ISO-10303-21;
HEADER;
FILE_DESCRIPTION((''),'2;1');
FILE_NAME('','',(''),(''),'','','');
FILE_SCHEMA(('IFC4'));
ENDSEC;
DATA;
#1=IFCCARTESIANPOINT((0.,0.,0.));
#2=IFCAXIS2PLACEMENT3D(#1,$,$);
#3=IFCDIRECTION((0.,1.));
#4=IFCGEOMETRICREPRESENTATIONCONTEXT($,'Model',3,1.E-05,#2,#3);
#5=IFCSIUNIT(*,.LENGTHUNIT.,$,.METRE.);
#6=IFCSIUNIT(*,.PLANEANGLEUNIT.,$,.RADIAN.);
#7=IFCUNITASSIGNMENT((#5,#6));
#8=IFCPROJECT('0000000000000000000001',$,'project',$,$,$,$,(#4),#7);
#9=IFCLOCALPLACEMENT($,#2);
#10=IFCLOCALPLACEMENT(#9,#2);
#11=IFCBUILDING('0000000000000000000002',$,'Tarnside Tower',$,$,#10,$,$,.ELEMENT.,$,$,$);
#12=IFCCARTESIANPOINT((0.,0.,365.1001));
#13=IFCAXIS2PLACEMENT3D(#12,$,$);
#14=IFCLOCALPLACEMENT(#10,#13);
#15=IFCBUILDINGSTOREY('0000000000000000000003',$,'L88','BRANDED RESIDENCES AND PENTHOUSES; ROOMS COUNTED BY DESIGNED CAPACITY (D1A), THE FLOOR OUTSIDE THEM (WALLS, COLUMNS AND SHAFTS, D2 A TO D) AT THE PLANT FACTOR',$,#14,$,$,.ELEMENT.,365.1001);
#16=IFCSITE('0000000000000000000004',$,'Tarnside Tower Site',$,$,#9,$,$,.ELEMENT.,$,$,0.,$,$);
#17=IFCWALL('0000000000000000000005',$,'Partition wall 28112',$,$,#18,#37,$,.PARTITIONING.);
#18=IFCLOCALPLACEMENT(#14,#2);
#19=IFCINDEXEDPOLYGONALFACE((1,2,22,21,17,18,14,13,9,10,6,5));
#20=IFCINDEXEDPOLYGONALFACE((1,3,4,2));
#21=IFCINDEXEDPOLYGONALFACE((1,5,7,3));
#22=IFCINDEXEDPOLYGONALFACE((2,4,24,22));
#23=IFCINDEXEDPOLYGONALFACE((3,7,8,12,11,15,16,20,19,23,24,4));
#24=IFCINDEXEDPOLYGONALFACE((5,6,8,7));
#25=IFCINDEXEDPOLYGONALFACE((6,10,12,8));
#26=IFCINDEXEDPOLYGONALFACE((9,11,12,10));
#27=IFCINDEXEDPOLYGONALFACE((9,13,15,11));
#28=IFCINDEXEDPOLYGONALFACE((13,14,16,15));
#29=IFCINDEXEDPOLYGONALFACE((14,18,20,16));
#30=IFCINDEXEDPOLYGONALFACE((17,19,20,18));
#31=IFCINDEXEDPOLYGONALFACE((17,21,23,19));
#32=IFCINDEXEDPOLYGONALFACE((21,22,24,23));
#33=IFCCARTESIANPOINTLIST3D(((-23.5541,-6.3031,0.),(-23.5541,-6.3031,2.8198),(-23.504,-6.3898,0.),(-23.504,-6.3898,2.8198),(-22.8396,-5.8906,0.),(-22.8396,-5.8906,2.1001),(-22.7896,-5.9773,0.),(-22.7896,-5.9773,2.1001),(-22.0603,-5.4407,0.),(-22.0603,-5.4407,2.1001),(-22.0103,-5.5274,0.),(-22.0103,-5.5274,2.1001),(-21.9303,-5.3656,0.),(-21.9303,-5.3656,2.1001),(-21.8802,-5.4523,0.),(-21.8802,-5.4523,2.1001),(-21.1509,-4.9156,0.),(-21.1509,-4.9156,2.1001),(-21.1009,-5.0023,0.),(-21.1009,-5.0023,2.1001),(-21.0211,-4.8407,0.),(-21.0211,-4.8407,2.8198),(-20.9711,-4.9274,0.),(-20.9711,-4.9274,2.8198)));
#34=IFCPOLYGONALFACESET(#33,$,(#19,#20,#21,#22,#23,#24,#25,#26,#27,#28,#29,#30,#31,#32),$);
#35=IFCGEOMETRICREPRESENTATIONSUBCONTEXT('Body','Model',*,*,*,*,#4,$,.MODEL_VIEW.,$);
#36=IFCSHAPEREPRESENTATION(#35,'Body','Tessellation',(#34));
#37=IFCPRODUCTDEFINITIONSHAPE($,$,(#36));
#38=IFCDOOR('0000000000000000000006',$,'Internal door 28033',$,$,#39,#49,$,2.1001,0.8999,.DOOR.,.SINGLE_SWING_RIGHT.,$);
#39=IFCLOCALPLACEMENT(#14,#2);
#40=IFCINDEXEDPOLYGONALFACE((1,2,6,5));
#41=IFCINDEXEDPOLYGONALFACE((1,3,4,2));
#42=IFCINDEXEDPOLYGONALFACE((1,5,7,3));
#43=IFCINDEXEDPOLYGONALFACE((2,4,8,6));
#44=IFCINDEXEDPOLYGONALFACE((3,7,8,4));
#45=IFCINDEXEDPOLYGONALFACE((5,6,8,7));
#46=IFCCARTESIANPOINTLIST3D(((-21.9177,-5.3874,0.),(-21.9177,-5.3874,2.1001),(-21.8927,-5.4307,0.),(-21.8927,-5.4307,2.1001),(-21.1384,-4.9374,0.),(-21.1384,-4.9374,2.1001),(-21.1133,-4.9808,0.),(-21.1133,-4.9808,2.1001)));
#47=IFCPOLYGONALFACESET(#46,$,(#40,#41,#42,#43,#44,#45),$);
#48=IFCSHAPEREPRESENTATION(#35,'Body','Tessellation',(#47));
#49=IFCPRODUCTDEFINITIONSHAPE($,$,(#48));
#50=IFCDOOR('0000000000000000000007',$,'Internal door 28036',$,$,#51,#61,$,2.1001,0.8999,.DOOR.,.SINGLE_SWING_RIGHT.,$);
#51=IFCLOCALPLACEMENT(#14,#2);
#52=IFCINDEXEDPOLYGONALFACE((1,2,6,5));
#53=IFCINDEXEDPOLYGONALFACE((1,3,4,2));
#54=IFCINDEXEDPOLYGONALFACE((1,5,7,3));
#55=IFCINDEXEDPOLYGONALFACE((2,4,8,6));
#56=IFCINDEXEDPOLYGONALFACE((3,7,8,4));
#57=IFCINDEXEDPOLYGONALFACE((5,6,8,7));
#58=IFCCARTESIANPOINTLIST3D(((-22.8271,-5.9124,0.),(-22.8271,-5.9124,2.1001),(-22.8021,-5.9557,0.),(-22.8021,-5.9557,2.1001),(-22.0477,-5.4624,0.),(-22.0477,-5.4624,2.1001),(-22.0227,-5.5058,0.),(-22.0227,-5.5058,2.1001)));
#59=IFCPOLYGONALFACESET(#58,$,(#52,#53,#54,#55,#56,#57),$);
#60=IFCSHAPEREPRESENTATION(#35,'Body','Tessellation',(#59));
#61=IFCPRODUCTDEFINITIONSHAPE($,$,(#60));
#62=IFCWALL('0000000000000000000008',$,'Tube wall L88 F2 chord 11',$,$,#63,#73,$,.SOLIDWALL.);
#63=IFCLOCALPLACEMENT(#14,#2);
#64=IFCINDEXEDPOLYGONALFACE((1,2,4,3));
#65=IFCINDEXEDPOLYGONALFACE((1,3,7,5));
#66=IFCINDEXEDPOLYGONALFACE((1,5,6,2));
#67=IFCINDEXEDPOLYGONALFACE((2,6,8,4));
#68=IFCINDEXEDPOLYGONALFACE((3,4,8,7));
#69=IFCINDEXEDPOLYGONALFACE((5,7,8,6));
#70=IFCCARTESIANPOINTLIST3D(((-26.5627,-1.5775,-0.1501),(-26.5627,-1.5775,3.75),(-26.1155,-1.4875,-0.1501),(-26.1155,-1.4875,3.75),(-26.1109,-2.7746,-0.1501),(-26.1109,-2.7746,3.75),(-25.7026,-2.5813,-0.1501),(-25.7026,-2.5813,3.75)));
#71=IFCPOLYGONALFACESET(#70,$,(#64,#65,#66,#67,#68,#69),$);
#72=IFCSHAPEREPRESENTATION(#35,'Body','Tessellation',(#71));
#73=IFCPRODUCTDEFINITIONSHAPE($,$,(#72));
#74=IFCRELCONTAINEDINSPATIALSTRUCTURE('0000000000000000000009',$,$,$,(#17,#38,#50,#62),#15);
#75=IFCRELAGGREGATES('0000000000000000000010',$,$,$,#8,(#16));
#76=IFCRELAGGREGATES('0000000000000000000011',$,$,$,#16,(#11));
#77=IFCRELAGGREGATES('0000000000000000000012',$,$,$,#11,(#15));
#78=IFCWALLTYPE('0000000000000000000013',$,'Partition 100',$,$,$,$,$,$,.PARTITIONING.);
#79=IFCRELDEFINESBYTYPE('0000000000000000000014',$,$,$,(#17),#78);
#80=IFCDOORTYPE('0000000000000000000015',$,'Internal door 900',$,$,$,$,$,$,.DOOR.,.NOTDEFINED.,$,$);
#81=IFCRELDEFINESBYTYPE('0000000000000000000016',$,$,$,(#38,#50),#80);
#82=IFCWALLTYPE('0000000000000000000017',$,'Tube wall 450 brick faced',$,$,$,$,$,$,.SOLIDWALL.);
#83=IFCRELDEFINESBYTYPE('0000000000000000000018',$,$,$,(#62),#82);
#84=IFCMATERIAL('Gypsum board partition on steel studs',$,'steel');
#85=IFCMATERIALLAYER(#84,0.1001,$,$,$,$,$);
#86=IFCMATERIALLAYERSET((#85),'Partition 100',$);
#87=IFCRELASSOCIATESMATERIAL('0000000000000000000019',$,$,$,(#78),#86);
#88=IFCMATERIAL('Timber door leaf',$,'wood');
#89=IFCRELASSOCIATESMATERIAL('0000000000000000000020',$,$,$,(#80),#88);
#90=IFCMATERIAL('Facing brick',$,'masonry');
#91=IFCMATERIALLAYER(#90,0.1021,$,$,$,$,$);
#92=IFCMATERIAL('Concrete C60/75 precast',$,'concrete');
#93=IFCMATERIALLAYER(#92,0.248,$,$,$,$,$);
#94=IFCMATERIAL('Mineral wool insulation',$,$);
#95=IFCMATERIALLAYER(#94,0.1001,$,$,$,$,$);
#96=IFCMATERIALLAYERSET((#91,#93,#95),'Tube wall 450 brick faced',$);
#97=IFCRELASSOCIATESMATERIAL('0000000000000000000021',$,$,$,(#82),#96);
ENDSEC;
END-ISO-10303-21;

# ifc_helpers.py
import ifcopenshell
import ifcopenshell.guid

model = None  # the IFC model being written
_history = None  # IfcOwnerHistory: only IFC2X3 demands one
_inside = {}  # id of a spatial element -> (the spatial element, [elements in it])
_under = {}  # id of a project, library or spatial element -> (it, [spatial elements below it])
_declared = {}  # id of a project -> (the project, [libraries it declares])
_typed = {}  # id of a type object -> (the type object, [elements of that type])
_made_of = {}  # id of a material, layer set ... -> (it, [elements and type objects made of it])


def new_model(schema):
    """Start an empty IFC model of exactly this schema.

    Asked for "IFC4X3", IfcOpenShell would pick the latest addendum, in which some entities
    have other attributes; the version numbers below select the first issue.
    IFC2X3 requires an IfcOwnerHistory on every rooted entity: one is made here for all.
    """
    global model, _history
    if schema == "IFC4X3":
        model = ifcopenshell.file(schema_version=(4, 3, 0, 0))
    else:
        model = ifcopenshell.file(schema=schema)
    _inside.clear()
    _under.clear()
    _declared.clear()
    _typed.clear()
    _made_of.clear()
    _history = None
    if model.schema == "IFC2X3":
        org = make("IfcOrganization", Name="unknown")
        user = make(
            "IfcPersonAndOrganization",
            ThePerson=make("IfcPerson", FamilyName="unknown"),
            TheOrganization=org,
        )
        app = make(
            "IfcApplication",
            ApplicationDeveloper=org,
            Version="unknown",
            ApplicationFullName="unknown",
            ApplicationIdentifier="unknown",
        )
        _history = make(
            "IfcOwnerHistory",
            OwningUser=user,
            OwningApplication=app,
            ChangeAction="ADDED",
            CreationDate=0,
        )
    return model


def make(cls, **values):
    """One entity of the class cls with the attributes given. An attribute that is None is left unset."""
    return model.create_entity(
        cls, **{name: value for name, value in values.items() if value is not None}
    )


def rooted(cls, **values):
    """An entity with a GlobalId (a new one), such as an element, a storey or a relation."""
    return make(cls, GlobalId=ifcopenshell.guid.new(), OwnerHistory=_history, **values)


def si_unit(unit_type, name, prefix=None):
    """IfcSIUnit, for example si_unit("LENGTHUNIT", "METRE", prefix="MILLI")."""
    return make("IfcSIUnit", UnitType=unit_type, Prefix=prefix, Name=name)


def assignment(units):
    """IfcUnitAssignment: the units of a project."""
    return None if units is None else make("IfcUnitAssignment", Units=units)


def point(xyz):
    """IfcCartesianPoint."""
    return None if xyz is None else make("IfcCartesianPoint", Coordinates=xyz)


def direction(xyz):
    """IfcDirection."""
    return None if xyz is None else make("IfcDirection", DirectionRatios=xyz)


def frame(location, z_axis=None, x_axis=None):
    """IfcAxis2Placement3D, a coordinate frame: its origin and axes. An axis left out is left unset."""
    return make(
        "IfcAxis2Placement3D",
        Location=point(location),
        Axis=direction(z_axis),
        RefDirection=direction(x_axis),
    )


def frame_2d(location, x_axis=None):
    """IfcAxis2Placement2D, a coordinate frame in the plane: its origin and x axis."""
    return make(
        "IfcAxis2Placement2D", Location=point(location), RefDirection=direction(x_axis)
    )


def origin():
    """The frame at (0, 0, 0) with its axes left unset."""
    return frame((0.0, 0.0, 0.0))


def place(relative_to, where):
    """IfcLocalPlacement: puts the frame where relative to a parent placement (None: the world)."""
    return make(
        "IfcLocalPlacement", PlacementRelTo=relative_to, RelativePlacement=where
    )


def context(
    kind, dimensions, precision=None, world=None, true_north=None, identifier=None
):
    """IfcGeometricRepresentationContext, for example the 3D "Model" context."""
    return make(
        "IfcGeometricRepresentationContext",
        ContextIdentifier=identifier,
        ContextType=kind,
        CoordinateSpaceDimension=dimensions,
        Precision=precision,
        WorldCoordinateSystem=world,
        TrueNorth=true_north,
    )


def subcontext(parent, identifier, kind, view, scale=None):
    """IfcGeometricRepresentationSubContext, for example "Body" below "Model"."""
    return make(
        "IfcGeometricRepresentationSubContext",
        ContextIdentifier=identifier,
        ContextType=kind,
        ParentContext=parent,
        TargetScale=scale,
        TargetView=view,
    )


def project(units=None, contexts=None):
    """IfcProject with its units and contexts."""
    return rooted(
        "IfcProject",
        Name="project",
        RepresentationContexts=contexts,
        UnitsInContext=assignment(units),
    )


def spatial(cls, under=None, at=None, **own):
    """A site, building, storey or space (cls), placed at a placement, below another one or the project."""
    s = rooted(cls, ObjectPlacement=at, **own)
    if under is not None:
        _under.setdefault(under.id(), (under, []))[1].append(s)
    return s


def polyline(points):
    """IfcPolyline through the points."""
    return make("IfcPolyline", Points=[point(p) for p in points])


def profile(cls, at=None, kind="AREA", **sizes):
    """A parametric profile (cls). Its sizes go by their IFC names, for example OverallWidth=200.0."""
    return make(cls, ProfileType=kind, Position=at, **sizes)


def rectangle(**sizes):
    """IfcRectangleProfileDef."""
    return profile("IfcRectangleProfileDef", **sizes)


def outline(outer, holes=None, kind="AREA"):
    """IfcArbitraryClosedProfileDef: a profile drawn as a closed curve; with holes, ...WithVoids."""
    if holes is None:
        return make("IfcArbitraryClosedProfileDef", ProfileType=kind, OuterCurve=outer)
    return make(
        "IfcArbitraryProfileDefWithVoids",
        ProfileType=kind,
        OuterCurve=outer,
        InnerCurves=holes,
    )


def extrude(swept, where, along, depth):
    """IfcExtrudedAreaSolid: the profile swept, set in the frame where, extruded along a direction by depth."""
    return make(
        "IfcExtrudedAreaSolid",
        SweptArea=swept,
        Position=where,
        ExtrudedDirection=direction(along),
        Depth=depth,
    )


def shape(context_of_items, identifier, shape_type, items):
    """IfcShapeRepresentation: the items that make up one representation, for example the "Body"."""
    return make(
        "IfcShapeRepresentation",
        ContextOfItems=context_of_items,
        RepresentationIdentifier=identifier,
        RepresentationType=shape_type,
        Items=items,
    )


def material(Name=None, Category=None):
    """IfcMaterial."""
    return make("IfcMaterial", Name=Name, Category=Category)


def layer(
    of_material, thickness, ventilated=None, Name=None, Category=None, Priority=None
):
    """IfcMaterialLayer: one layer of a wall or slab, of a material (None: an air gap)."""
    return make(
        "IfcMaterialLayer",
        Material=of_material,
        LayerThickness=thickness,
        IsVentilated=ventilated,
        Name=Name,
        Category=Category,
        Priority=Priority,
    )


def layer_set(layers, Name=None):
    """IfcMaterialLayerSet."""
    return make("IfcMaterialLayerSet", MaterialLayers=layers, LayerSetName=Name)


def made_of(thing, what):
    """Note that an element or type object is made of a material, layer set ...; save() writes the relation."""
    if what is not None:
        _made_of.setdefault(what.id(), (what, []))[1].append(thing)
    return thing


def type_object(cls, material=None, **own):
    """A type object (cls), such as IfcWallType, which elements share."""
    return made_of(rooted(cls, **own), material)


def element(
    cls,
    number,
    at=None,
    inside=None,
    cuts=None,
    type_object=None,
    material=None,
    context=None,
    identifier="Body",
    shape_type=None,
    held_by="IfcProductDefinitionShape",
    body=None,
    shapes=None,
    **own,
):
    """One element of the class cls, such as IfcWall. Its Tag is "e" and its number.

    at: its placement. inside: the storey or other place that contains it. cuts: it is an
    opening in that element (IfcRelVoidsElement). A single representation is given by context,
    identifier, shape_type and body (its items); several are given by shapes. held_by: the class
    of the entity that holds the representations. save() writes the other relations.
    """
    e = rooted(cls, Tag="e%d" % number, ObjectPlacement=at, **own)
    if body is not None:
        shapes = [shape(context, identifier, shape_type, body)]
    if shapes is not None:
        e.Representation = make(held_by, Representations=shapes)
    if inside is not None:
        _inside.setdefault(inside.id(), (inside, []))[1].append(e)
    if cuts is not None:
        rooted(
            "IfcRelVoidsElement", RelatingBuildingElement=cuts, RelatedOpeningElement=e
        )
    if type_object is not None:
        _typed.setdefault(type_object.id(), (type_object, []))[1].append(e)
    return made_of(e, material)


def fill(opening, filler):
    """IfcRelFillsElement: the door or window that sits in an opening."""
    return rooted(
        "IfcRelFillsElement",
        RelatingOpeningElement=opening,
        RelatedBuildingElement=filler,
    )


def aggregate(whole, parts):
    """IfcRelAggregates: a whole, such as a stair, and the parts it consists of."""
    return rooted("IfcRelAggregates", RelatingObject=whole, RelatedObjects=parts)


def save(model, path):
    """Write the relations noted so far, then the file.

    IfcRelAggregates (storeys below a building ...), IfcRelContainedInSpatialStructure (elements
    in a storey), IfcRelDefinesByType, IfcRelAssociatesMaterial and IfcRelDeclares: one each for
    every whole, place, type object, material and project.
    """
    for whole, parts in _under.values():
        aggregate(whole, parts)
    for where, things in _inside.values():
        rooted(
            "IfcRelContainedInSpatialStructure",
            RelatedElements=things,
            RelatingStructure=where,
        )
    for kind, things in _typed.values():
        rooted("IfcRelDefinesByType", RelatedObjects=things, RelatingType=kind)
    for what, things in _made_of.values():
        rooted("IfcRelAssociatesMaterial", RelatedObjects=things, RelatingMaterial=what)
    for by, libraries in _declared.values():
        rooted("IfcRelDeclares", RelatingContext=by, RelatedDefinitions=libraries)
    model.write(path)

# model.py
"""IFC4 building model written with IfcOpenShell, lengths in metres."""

from ifc_helpers import new_model, si_unit, direction, frame, frame_2d, origin, place, context, subcontext, project, spatial, polyline, rectangle, outline, extrude, material, layer, layer_set, type_object, element, fill, save


model = new_model("IFC4")

# Units and contexts
model_context = context("Model", 3, precision=1e-05, world=origin(), true_north=direction((0.0, 1.0)))
body_context = subcontext(model_context, "Body", "Model", "MODEL_VIEW")
ifc_project = project(units=[si_unit("LENGTHUNIT", "METRE"), si_unit("PLANEANGLEUNIT", "RADIAN")], contexts=[model_context])

# Site, building, storey
site_placement = place(None, origin())
site = spatial("IfcSite", under=ifc_project, at=site_placement, Name="Tarnside Tower Site", CompositionType="ELEMENT", RefElevation=0.0)
building_placement = place(site_placement, origin())
building = spatial("IfcBuilding", under=site, at=building_placement, Name="Tarnside Tower", CompositionType="ELEMENT")
storey_placement = place(building_placement, frame((0.0, 0.0, 365.1001)))
storey = spatial("IfcBuildingStorey", under=building, at=storey_placement, Name="L88", Description="BRANDED RESIDENCES AND PENTHOUSES; ROOMS COUNTED BY DESIGNED CAPACITY (D1A), THE FLOOR OUTSIDE THEM (WALLS, COLUMNS AND SHAFTS, D2 A TO D) AT THE PLANT FACTOR", CompositionType="ELEMENT", Elevation=365.1001)

# Shared definitions
ifc_material_1 = material(Name="Gypsum board partition on steel studs", Category="steel")

# Wall, openings, doors
ifc_layer_1 = layer(ifc_material_1, 0.1001)
ifc_layer_set_1 = layer_set([ifc_layer_1], Name="Partition 100")
wall_type_1 = type_object("IfcWallType", Name="Partition 100", PredefinedType="PARTITIONING", material=ifc_layer_set_1)
wall_1_placement = place(storey_placement, frame((-23.5291, -6.3464, 0.0), z_axis=(0.0, 0.0, 1.0), x_axis=(0.866026, 0.499999, 0.0)))
wall_1 = element("IfcWall", 1, at=wall_1_placement, inside=storey, type_object=wall_type_1, Name="Partition wall 28112", PredefinedType="PARTITIONING", context=body_context, shape_type="SweptSolid", body=[
    extrude(rectangle(XDim=2.9248, YDim=0.1001, at=frame_2d((1.4624, 0.0))), origin(), (0.0, 0.0, 1.0), 2.8198),
])
opening_1_placement = place(wall_1_placement, frame((1.875, 0.0, 0.0)))
opening_1 = element("IfcOpeningElement", 2, at=opening_1_placement, cuts=wall_1, PredefinedType="OPENING", context=body_context, shape_type="SweptSolid", body=[
    extrude(rectangle(XDim=0.8999, YDim=2.1001, at=frame_2d((0.45, 1.05))), frame((0.0, 0.0601, 0.0), z_axis=(0.0, -1.0, 0.0), x_axis=(1.0, 0.0, 0.0)), (0.0, 0.0, 1.0), 0.1201),
])
opening_2_placement = place(wall_1_placement, frame((0.825, 0.0, 0.0)))
opening_2 = element("IfcOpeningElement", 3, at=opening_2_placement, cuts=wall_1, PredefinedType="OPENING", context=body_context, shape_type="SweptSolid", body=[
    extrude(rectangle(XDim=0.8999, YDim=2.1001, at=frame_2d((0.45, 1.05))), frame((0.0, 0.0601, 0.0), z_axis=(0.0, -1.0, 0.0), x_axis=(1.0, 0.0, 0.0)), (0.0, 0.0, 1.0), 0.1201),
])
ifc_material_2 = material(Name="Timber door leaf", Category="wood")
door_type = type_object("IfcDoorType", Name="Internal door 900", OperationType="NOTDEFINED", PredefinedType="DOOR", material=ifc_material_2)
door_1_placement = place(opening_1_placement, origin())
door_1 = element("IfcDoor", 4, at=door_1_placement, inside=storey, type_object=door_type, Name="Internal door 28033", OperationType="SINGLE_SWING_RIGHT", OverallHeight=2.1001, OverallWidth=0.8999, PredefinedType="DOOR", context=body_context, shape_type="SweptSolid", body=[
    extrude(rectangle(XDim=0.8999, YDim=2.1001, at=frame_2d((0.45, 1.05))), frame((0.0, 0.0249, 0.0), z_axis=(0.0, -1.0, 0.0), x_axis=(1.0, 0.0, 0.0)), (0.0, 0.0, 1.0), 0.05),
])
fill(opening_1, door_1)
door_2_placement = place(opening_2_placement, origin())
door_2 = element("IfcDoor", 5, at=door_2_placement, inside=storey, type_object=door_type, Name="Internal door 28036", OperationType="SINGLE_SWING_RIGHT", OverallHeight=2.1001, OverallWidth=0.8999, PredefinedType="DOOR", context=body_context, shape_type="SweptSolid", body=[
    extrude(rectangle(XDim=0.8999, YDim=2.1001, at=frame_2d((0.45, 1.05))), frame((0.0, 0.0249, 0.0), z_axis=(0.0, -1.0, 0.0), x_axis=(1.0, 0.0, 0.0)), (0.0, 0.0, 1.0), 0.05),
])
fill(opening_2, door_2)

# Wall
ifc_material_3 = material(Name="Facing brick", Category="masonry")
ifc_layer_2 = layer(ifc_material_3, 0.1021)
ifc_material_4 = material(Name="Concrete C60/75 precast", Category="concrete")
ifc_layer_3 = layer(ifc_material_4, 0.248)
ifc_material_5 = material(Name="Mineral wool insulation")
ifc_layer_4 = layer(ifc_material_5, 0.1001)
ifc_layer_set_2 = layer_set([ifc_layer_2, ifc_layer_3, ifc_layer_4], Name="Tube wall 450 brick faced")
wall_type_2 = type_object("IfcWallType", Name="Tube wall 450 brick faced", PredefinedType="SOLIDWALL", material=ifc_layer_set_2)
wall_2_placement = place(storey_placement, frame((-26.3391, -1.5325, -0.1501), z_axis=(0.0, 0.0, 1.0), x_axis=(0.353133, -0.935573, 0.0)))
element("IfcWall", 6, at=wall_2_placement, inside=storey, type_object=wall_type_2, Name="Tube wall L88 F2 chord 11", PredefinedType="SOLIDWALL", context=body_context, shape_type="SweptSolid", body=[
    extrude(outline(polyline([(-0.0369, -0.2251), (1.2427, -0.2251), (1.2061, 0.2251), (0.0369, 0.2251), (-0.0369, -0.2251)])), origin(), (0.0, 0.0, 1.0), 3.9001),
])

save(model, "model.ifc")
